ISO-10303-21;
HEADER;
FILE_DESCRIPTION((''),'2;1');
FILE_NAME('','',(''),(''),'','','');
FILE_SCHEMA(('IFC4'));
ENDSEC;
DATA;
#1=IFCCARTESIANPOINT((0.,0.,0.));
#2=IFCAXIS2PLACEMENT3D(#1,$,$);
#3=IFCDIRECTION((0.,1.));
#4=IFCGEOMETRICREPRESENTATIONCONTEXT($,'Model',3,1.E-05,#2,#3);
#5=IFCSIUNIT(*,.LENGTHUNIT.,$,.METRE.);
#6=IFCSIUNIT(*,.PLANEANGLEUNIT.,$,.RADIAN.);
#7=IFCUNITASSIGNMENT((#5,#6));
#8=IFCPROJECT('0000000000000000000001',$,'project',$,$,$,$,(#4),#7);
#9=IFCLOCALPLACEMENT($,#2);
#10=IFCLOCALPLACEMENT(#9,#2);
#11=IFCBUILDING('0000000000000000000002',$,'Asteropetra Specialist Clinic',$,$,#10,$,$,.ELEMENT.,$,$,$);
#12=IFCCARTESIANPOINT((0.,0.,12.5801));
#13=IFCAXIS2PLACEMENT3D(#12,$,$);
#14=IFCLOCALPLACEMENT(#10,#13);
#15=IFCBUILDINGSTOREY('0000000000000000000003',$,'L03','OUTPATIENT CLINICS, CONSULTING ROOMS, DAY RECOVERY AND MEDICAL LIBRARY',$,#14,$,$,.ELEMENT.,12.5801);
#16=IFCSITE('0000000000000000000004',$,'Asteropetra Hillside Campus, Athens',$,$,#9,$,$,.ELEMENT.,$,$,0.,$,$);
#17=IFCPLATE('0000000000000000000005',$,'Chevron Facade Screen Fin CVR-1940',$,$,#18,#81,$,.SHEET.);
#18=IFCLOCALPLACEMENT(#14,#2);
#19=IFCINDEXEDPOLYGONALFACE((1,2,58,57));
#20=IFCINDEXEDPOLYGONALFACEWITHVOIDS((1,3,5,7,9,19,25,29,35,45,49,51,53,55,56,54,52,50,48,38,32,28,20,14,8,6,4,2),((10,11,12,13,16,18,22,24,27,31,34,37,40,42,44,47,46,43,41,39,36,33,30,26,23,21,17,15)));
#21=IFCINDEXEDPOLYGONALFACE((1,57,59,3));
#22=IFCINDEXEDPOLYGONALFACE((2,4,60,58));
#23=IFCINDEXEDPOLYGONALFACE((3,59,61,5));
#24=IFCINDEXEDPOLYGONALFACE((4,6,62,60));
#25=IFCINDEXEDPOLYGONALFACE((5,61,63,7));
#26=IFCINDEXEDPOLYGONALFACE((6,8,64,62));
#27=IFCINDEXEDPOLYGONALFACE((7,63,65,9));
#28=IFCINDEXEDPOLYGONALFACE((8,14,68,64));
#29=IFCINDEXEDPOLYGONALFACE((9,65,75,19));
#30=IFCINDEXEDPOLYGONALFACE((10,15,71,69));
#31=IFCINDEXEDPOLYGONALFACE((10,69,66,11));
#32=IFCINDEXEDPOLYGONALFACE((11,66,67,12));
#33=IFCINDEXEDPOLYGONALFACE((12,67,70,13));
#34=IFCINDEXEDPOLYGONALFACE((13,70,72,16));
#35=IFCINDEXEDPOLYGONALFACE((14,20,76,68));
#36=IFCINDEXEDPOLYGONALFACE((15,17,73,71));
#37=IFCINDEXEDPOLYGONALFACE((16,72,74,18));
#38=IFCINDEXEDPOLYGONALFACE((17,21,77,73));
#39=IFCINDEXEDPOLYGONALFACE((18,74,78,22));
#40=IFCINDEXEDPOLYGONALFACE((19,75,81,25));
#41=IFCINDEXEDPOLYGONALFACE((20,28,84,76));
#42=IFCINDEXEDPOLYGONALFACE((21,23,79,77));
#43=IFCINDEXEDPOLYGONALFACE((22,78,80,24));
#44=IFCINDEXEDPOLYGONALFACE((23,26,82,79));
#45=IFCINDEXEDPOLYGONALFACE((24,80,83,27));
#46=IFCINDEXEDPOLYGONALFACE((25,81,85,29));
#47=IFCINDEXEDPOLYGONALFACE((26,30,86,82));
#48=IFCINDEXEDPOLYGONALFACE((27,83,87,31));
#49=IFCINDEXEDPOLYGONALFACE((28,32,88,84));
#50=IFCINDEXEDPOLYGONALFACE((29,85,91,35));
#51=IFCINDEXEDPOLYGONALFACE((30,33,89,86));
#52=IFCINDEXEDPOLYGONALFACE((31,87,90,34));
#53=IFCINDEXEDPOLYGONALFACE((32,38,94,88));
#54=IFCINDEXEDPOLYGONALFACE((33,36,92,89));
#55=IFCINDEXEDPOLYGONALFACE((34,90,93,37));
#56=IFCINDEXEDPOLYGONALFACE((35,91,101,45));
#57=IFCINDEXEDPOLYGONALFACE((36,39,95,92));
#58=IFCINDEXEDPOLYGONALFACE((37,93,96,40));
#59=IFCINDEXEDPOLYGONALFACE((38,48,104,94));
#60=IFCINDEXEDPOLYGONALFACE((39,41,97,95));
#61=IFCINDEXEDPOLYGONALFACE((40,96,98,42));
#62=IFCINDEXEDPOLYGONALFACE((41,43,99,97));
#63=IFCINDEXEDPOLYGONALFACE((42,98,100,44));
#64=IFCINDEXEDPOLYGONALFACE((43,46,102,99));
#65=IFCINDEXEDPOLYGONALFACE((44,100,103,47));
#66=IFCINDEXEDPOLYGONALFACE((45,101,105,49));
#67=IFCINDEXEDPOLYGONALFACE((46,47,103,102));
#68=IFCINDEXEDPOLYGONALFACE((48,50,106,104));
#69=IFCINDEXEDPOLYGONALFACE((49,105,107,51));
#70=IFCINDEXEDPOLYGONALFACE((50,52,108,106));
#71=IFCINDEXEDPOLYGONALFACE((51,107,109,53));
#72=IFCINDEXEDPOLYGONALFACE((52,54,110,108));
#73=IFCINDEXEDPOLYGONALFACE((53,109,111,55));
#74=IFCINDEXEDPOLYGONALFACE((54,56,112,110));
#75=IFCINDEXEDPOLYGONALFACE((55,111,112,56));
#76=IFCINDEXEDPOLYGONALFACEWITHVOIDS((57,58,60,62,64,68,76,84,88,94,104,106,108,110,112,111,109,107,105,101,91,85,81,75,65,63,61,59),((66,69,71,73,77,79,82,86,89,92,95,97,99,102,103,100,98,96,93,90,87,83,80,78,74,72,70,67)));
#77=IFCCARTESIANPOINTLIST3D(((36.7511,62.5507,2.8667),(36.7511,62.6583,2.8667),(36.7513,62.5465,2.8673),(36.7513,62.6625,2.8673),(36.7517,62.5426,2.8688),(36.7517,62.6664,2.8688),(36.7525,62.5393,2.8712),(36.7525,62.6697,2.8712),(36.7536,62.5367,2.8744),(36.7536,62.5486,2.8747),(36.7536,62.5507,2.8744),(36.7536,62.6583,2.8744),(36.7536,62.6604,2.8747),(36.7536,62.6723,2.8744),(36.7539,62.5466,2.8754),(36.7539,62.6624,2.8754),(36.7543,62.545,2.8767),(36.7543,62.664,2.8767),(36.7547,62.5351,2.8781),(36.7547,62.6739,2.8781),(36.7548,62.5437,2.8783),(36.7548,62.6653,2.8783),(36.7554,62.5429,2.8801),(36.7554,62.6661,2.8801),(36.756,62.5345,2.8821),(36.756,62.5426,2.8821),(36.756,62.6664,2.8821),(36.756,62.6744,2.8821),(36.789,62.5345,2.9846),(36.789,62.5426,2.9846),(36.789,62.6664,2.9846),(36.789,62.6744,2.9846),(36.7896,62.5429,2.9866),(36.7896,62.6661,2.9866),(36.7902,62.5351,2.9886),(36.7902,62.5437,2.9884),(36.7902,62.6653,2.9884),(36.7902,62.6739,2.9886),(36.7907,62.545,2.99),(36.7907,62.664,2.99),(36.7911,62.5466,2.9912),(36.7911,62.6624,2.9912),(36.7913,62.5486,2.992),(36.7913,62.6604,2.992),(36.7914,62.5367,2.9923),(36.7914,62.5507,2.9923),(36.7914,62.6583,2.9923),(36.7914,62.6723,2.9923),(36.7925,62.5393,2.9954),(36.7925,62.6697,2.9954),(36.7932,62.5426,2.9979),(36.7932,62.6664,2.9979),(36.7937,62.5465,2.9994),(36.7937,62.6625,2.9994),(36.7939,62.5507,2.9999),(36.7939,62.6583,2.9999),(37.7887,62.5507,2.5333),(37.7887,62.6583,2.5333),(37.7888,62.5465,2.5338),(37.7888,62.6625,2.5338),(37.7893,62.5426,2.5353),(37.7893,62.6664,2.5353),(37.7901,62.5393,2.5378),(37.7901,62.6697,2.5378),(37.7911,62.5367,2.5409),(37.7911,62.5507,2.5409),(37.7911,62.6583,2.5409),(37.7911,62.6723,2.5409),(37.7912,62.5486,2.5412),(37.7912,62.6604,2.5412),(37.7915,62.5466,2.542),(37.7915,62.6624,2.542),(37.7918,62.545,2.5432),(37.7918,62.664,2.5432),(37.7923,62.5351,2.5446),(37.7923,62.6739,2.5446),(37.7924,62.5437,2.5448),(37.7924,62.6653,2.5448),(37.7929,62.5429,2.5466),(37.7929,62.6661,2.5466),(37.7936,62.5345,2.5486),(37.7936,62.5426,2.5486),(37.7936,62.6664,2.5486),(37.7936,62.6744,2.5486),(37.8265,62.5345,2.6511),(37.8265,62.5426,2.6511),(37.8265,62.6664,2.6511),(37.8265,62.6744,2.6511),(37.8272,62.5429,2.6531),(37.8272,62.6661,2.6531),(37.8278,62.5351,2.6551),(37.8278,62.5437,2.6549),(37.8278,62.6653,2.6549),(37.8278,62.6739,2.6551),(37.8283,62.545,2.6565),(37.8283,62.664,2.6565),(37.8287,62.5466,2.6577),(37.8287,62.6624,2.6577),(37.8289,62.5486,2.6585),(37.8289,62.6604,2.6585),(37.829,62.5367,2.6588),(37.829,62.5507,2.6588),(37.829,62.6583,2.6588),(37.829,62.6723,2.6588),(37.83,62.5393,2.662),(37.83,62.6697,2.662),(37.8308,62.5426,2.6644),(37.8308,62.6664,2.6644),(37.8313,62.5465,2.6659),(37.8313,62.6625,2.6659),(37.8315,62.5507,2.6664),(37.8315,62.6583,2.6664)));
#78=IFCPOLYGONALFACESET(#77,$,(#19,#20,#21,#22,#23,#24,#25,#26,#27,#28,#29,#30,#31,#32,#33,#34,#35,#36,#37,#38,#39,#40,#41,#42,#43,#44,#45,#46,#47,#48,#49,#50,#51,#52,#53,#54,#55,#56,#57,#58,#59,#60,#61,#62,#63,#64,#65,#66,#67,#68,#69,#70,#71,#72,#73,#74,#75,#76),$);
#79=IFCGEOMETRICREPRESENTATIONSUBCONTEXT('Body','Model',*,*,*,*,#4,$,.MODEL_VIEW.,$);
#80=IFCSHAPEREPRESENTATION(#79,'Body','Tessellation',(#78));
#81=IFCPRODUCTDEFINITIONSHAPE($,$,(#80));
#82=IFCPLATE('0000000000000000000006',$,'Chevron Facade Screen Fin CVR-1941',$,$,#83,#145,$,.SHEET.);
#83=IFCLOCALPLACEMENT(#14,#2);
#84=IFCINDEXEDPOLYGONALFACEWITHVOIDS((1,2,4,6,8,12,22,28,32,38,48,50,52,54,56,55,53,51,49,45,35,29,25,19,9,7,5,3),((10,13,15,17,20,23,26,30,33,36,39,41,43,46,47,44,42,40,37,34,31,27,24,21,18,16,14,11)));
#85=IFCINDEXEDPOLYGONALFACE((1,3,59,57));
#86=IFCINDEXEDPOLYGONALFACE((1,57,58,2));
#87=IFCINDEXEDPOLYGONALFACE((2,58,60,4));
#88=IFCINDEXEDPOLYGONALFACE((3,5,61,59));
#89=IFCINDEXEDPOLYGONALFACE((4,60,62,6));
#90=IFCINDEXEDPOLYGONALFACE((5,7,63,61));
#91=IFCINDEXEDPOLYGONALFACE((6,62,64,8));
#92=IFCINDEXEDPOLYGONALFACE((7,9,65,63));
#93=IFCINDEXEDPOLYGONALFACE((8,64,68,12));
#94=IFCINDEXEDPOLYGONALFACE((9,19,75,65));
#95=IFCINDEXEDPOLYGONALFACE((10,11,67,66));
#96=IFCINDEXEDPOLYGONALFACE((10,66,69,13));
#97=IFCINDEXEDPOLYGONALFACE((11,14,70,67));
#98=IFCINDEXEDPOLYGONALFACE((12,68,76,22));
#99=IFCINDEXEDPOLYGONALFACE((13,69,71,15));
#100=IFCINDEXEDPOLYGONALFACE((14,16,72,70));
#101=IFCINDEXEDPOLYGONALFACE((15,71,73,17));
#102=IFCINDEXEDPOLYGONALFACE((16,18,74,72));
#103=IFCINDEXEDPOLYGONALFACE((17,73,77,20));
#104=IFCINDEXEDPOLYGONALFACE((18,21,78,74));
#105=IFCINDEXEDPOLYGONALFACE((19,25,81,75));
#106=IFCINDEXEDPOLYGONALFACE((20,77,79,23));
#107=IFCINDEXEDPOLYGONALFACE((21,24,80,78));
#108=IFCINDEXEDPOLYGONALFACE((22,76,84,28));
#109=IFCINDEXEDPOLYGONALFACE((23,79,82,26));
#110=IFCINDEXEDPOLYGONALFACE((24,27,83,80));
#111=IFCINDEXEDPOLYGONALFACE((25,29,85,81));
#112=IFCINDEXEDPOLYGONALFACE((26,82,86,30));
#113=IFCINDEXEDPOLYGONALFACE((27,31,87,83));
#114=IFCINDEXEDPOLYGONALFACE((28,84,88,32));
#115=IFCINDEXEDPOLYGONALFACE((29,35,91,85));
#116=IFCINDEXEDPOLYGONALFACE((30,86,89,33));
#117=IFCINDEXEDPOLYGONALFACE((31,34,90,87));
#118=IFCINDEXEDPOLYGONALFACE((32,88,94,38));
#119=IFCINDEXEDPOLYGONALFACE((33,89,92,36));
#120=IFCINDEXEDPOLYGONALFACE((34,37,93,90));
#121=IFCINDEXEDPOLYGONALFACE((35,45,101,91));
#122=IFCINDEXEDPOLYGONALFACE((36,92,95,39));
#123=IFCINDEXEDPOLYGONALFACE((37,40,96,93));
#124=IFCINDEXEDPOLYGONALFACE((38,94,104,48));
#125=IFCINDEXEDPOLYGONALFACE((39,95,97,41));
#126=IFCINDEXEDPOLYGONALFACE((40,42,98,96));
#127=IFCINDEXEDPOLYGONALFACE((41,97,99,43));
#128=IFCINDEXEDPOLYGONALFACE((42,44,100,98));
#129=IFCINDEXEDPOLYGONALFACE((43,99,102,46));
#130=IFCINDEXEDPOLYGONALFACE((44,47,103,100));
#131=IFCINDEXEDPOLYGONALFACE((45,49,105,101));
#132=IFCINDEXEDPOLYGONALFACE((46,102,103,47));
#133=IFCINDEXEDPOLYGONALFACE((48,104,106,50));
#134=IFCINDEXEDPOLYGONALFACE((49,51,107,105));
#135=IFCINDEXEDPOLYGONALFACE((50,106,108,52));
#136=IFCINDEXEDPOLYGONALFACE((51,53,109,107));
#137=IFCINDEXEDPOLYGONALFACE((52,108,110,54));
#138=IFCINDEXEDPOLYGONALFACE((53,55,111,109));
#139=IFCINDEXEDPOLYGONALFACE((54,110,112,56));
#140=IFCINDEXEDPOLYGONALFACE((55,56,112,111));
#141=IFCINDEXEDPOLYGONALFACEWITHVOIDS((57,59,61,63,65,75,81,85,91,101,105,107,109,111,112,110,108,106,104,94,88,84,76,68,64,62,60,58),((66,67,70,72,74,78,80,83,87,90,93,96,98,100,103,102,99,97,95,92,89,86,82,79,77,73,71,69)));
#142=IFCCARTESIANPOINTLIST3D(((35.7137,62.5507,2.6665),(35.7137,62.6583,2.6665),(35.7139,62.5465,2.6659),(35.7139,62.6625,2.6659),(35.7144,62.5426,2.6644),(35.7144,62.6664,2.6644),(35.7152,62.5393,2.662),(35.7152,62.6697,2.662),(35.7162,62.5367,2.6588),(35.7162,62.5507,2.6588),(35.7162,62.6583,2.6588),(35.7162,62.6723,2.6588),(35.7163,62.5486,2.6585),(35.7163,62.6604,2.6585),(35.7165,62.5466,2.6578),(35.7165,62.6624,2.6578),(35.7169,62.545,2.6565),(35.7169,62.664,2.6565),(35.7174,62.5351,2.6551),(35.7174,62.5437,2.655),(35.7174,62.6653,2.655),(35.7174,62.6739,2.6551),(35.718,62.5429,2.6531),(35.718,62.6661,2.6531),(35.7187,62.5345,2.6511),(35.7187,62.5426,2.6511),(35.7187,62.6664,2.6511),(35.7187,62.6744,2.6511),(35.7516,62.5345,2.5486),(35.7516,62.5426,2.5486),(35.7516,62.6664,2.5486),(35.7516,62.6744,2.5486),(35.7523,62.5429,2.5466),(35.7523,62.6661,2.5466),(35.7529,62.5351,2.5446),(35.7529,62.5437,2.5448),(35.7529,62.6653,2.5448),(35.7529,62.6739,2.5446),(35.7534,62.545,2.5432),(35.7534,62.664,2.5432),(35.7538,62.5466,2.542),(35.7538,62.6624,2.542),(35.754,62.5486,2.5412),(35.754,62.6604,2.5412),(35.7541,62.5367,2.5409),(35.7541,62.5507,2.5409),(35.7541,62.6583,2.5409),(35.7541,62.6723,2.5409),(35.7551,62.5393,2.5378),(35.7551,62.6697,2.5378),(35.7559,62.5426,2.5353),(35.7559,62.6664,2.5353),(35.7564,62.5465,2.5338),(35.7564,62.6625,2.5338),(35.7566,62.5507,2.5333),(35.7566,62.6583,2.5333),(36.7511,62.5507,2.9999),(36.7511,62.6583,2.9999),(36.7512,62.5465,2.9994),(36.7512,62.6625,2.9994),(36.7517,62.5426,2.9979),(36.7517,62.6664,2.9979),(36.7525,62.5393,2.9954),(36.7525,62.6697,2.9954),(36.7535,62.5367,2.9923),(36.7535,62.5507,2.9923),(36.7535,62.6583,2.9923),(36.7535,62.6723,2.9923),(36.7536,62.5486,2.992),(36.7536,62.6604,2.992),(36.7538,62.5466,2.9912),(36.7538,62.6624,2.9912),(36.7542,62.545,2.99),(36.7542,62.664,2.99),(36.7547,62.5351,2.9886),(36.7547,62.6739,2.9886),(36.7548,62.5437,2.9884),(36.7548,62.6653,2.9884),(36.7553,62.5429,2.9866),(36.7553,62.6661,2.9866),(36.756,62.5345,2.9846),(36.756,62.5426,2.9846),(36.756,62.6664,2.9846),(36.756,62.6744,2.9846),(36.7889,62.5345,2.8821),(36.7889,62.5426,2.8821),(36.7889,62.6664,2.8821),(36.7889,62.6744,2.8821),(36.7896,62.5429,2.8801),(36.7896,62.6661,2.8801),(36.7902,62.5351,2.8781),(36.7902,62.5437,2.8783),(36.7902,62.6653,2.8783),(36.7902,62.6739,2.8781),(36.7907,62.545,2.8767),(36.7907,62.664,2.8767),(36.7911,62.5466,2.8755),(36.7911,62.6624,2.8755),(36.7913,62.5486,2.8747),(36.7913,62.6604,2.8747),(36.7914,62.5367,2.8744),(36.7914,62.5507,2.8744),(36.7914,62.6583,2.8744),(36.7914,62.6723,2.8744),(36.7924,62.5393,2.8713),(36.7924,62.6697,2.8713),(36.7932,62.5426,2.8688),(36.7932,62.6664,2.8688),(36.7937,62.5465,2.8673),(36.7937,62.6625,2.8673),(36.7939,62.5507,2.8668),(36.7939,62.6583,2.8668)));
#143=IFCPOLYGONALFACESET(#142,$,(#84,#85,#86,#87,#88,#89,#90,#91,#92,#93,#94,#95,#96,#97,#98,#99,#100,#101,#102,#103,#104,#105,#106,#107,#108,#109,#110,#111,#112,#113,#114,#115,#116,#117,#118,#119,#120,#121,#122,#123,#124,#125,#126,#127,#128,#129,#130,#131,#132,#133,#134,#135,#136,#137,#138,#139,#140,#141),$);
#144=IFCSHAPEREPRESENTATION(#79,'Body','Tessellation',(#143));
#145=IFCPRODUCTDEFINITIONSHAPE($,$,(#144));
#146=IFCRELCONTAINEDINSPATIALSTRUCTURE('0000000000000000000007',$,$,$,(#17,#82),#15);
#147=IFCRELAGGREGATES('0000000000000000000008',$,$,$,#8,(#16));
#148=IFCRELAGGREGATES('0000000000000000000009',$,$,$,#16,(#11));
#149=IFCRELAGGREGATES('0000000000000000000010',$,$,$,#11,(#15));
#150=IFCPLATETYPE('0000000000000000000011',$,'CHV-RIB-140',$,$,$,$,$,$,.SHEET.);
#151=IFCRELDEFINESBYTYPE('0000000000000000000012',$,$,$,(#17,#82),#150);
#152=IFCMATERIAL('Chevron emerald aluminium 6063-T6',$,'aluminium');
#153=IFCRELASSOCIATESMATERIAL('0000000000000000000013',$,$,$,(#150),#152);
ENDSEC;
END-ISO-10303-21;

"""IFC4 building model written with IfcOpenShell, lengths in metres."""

from ifc_helpers import new_model, si_unit, direction, frame, origin, origin_2d, place, context, subcontext, project, spatial, hollow_rectangle, extrude, material, material_profile, profile_set, type_object, element, save


model = new_model("IFC4")

# Units and contexts
model_context = context("Model", 3, precision=1e-05, world=origin(), true_north=direction((0.0, 1.0)))
body_context = subcontext(model_context, "Body", "Model", "MODEL_VIEW")
ifc_project = project(units=[si_unit("LENGTHUNIT", "METRE"), si_unit("PLANEANGLEUNIT", "RADIAN")], contexts=[model_context])

# Site, building, storey
site_placement = place(None, origin())
site = spatial("IfcSite", under=ifc_project, at=site_placement, Name="Asteropetra Hillside Campus, Athens", CompositionType="ELEMENT", RefElevation=0.0)
building_placement = place(site_placement, origin())
building = spatial("IfcBuilding", under=site, at=building_placement, Name="Asteropetra Specialist Clinic", CompositionType="ELEMENT")
storey_placement = place(building_placement, frame((0.0, 0.0, 12.5801)))
storey = spatial("IfcBuildingStorey", under=building, at=storey_placement, Name="L03", Description="OUTPATIENT CLINICS, CONSULTING ROOMS, DAY RECOVERY AND MEDICAL LIBRARY", CompositionType="ELEMENT", Elevation=12.5801)

# Plates
ifc_material_1 = material(Name="Chevron emerald aluminium 6063-T6", Category="aluminium")
ifc_material_profile = material_profile(ifc_material_1, hollow_rectangle(XDim=0.1399, YDim=0.1399, WallThickness=0.0081, InnerFilletRadius=0.0081, OuterFilletRadius=0.0161, at=origin_2d()), Name="SHS 140x140x8.0")
ifc_profile_set = profile_set([ifc_material_profile], Name="Chevron emerald aluminium 6063-T6")
plate_type_1 = type_object("IfcPlateType", Name="CHV-RIB-140", PredefinedType="SHEET", material=ifc_profile_set)
plate_1_placement = place(storey_placement, frame((37.8101, 62.6045, 2.5999), z_axis=(-0.952033, 0.0, 0.305995), x_axis=(0.0, -1.0, 0.0)))
element("IfcPlate", 1, at=plate_1_placement, inside=storey, type_object=plate_type_1, Name="Chevron Facade Screen Fin CVR-1940", PredefinedType="SHEET", context=body_context, shape_type="SweptSolid", body=[
    extrude(hollow_rectangle(XDim=0.1399, YDim=0.1399, WallThickness=0.0081, InnerFilletRadius=0.0081, OuterFilletRadius=0.0161, at=origin_2d()), origin(), (0.0, 0.0, 1.0), 1.0898),
])
plate_2_placement = place(storey_placement, frame((36.7725, 62.6045, 2.9333), z_axis=(-0.952012, 0.0, -0.30606), x_axis=(0.0, -1.0, 0.0)))
element("IfcPlate", 2, at=plate_2_placement, inside=storey, type_object=plate_type_1, Name="Chevron Facade Screen Fin CVR-1941", PredefinedType="SHEET", context=body_context, shape_type="SweptSolid", body=[
    extrude(hollow_rectangle(XDim=0.1399, YDim=0.1399, WallThickness=0.0081, InnerFilletRadius=0.0081, OuterFilletRadius=0.0161, at=origin_2d()), origin(), (0.0, 0.0, 1.0), 1.0896),
])

save(model, "model.ifc")
